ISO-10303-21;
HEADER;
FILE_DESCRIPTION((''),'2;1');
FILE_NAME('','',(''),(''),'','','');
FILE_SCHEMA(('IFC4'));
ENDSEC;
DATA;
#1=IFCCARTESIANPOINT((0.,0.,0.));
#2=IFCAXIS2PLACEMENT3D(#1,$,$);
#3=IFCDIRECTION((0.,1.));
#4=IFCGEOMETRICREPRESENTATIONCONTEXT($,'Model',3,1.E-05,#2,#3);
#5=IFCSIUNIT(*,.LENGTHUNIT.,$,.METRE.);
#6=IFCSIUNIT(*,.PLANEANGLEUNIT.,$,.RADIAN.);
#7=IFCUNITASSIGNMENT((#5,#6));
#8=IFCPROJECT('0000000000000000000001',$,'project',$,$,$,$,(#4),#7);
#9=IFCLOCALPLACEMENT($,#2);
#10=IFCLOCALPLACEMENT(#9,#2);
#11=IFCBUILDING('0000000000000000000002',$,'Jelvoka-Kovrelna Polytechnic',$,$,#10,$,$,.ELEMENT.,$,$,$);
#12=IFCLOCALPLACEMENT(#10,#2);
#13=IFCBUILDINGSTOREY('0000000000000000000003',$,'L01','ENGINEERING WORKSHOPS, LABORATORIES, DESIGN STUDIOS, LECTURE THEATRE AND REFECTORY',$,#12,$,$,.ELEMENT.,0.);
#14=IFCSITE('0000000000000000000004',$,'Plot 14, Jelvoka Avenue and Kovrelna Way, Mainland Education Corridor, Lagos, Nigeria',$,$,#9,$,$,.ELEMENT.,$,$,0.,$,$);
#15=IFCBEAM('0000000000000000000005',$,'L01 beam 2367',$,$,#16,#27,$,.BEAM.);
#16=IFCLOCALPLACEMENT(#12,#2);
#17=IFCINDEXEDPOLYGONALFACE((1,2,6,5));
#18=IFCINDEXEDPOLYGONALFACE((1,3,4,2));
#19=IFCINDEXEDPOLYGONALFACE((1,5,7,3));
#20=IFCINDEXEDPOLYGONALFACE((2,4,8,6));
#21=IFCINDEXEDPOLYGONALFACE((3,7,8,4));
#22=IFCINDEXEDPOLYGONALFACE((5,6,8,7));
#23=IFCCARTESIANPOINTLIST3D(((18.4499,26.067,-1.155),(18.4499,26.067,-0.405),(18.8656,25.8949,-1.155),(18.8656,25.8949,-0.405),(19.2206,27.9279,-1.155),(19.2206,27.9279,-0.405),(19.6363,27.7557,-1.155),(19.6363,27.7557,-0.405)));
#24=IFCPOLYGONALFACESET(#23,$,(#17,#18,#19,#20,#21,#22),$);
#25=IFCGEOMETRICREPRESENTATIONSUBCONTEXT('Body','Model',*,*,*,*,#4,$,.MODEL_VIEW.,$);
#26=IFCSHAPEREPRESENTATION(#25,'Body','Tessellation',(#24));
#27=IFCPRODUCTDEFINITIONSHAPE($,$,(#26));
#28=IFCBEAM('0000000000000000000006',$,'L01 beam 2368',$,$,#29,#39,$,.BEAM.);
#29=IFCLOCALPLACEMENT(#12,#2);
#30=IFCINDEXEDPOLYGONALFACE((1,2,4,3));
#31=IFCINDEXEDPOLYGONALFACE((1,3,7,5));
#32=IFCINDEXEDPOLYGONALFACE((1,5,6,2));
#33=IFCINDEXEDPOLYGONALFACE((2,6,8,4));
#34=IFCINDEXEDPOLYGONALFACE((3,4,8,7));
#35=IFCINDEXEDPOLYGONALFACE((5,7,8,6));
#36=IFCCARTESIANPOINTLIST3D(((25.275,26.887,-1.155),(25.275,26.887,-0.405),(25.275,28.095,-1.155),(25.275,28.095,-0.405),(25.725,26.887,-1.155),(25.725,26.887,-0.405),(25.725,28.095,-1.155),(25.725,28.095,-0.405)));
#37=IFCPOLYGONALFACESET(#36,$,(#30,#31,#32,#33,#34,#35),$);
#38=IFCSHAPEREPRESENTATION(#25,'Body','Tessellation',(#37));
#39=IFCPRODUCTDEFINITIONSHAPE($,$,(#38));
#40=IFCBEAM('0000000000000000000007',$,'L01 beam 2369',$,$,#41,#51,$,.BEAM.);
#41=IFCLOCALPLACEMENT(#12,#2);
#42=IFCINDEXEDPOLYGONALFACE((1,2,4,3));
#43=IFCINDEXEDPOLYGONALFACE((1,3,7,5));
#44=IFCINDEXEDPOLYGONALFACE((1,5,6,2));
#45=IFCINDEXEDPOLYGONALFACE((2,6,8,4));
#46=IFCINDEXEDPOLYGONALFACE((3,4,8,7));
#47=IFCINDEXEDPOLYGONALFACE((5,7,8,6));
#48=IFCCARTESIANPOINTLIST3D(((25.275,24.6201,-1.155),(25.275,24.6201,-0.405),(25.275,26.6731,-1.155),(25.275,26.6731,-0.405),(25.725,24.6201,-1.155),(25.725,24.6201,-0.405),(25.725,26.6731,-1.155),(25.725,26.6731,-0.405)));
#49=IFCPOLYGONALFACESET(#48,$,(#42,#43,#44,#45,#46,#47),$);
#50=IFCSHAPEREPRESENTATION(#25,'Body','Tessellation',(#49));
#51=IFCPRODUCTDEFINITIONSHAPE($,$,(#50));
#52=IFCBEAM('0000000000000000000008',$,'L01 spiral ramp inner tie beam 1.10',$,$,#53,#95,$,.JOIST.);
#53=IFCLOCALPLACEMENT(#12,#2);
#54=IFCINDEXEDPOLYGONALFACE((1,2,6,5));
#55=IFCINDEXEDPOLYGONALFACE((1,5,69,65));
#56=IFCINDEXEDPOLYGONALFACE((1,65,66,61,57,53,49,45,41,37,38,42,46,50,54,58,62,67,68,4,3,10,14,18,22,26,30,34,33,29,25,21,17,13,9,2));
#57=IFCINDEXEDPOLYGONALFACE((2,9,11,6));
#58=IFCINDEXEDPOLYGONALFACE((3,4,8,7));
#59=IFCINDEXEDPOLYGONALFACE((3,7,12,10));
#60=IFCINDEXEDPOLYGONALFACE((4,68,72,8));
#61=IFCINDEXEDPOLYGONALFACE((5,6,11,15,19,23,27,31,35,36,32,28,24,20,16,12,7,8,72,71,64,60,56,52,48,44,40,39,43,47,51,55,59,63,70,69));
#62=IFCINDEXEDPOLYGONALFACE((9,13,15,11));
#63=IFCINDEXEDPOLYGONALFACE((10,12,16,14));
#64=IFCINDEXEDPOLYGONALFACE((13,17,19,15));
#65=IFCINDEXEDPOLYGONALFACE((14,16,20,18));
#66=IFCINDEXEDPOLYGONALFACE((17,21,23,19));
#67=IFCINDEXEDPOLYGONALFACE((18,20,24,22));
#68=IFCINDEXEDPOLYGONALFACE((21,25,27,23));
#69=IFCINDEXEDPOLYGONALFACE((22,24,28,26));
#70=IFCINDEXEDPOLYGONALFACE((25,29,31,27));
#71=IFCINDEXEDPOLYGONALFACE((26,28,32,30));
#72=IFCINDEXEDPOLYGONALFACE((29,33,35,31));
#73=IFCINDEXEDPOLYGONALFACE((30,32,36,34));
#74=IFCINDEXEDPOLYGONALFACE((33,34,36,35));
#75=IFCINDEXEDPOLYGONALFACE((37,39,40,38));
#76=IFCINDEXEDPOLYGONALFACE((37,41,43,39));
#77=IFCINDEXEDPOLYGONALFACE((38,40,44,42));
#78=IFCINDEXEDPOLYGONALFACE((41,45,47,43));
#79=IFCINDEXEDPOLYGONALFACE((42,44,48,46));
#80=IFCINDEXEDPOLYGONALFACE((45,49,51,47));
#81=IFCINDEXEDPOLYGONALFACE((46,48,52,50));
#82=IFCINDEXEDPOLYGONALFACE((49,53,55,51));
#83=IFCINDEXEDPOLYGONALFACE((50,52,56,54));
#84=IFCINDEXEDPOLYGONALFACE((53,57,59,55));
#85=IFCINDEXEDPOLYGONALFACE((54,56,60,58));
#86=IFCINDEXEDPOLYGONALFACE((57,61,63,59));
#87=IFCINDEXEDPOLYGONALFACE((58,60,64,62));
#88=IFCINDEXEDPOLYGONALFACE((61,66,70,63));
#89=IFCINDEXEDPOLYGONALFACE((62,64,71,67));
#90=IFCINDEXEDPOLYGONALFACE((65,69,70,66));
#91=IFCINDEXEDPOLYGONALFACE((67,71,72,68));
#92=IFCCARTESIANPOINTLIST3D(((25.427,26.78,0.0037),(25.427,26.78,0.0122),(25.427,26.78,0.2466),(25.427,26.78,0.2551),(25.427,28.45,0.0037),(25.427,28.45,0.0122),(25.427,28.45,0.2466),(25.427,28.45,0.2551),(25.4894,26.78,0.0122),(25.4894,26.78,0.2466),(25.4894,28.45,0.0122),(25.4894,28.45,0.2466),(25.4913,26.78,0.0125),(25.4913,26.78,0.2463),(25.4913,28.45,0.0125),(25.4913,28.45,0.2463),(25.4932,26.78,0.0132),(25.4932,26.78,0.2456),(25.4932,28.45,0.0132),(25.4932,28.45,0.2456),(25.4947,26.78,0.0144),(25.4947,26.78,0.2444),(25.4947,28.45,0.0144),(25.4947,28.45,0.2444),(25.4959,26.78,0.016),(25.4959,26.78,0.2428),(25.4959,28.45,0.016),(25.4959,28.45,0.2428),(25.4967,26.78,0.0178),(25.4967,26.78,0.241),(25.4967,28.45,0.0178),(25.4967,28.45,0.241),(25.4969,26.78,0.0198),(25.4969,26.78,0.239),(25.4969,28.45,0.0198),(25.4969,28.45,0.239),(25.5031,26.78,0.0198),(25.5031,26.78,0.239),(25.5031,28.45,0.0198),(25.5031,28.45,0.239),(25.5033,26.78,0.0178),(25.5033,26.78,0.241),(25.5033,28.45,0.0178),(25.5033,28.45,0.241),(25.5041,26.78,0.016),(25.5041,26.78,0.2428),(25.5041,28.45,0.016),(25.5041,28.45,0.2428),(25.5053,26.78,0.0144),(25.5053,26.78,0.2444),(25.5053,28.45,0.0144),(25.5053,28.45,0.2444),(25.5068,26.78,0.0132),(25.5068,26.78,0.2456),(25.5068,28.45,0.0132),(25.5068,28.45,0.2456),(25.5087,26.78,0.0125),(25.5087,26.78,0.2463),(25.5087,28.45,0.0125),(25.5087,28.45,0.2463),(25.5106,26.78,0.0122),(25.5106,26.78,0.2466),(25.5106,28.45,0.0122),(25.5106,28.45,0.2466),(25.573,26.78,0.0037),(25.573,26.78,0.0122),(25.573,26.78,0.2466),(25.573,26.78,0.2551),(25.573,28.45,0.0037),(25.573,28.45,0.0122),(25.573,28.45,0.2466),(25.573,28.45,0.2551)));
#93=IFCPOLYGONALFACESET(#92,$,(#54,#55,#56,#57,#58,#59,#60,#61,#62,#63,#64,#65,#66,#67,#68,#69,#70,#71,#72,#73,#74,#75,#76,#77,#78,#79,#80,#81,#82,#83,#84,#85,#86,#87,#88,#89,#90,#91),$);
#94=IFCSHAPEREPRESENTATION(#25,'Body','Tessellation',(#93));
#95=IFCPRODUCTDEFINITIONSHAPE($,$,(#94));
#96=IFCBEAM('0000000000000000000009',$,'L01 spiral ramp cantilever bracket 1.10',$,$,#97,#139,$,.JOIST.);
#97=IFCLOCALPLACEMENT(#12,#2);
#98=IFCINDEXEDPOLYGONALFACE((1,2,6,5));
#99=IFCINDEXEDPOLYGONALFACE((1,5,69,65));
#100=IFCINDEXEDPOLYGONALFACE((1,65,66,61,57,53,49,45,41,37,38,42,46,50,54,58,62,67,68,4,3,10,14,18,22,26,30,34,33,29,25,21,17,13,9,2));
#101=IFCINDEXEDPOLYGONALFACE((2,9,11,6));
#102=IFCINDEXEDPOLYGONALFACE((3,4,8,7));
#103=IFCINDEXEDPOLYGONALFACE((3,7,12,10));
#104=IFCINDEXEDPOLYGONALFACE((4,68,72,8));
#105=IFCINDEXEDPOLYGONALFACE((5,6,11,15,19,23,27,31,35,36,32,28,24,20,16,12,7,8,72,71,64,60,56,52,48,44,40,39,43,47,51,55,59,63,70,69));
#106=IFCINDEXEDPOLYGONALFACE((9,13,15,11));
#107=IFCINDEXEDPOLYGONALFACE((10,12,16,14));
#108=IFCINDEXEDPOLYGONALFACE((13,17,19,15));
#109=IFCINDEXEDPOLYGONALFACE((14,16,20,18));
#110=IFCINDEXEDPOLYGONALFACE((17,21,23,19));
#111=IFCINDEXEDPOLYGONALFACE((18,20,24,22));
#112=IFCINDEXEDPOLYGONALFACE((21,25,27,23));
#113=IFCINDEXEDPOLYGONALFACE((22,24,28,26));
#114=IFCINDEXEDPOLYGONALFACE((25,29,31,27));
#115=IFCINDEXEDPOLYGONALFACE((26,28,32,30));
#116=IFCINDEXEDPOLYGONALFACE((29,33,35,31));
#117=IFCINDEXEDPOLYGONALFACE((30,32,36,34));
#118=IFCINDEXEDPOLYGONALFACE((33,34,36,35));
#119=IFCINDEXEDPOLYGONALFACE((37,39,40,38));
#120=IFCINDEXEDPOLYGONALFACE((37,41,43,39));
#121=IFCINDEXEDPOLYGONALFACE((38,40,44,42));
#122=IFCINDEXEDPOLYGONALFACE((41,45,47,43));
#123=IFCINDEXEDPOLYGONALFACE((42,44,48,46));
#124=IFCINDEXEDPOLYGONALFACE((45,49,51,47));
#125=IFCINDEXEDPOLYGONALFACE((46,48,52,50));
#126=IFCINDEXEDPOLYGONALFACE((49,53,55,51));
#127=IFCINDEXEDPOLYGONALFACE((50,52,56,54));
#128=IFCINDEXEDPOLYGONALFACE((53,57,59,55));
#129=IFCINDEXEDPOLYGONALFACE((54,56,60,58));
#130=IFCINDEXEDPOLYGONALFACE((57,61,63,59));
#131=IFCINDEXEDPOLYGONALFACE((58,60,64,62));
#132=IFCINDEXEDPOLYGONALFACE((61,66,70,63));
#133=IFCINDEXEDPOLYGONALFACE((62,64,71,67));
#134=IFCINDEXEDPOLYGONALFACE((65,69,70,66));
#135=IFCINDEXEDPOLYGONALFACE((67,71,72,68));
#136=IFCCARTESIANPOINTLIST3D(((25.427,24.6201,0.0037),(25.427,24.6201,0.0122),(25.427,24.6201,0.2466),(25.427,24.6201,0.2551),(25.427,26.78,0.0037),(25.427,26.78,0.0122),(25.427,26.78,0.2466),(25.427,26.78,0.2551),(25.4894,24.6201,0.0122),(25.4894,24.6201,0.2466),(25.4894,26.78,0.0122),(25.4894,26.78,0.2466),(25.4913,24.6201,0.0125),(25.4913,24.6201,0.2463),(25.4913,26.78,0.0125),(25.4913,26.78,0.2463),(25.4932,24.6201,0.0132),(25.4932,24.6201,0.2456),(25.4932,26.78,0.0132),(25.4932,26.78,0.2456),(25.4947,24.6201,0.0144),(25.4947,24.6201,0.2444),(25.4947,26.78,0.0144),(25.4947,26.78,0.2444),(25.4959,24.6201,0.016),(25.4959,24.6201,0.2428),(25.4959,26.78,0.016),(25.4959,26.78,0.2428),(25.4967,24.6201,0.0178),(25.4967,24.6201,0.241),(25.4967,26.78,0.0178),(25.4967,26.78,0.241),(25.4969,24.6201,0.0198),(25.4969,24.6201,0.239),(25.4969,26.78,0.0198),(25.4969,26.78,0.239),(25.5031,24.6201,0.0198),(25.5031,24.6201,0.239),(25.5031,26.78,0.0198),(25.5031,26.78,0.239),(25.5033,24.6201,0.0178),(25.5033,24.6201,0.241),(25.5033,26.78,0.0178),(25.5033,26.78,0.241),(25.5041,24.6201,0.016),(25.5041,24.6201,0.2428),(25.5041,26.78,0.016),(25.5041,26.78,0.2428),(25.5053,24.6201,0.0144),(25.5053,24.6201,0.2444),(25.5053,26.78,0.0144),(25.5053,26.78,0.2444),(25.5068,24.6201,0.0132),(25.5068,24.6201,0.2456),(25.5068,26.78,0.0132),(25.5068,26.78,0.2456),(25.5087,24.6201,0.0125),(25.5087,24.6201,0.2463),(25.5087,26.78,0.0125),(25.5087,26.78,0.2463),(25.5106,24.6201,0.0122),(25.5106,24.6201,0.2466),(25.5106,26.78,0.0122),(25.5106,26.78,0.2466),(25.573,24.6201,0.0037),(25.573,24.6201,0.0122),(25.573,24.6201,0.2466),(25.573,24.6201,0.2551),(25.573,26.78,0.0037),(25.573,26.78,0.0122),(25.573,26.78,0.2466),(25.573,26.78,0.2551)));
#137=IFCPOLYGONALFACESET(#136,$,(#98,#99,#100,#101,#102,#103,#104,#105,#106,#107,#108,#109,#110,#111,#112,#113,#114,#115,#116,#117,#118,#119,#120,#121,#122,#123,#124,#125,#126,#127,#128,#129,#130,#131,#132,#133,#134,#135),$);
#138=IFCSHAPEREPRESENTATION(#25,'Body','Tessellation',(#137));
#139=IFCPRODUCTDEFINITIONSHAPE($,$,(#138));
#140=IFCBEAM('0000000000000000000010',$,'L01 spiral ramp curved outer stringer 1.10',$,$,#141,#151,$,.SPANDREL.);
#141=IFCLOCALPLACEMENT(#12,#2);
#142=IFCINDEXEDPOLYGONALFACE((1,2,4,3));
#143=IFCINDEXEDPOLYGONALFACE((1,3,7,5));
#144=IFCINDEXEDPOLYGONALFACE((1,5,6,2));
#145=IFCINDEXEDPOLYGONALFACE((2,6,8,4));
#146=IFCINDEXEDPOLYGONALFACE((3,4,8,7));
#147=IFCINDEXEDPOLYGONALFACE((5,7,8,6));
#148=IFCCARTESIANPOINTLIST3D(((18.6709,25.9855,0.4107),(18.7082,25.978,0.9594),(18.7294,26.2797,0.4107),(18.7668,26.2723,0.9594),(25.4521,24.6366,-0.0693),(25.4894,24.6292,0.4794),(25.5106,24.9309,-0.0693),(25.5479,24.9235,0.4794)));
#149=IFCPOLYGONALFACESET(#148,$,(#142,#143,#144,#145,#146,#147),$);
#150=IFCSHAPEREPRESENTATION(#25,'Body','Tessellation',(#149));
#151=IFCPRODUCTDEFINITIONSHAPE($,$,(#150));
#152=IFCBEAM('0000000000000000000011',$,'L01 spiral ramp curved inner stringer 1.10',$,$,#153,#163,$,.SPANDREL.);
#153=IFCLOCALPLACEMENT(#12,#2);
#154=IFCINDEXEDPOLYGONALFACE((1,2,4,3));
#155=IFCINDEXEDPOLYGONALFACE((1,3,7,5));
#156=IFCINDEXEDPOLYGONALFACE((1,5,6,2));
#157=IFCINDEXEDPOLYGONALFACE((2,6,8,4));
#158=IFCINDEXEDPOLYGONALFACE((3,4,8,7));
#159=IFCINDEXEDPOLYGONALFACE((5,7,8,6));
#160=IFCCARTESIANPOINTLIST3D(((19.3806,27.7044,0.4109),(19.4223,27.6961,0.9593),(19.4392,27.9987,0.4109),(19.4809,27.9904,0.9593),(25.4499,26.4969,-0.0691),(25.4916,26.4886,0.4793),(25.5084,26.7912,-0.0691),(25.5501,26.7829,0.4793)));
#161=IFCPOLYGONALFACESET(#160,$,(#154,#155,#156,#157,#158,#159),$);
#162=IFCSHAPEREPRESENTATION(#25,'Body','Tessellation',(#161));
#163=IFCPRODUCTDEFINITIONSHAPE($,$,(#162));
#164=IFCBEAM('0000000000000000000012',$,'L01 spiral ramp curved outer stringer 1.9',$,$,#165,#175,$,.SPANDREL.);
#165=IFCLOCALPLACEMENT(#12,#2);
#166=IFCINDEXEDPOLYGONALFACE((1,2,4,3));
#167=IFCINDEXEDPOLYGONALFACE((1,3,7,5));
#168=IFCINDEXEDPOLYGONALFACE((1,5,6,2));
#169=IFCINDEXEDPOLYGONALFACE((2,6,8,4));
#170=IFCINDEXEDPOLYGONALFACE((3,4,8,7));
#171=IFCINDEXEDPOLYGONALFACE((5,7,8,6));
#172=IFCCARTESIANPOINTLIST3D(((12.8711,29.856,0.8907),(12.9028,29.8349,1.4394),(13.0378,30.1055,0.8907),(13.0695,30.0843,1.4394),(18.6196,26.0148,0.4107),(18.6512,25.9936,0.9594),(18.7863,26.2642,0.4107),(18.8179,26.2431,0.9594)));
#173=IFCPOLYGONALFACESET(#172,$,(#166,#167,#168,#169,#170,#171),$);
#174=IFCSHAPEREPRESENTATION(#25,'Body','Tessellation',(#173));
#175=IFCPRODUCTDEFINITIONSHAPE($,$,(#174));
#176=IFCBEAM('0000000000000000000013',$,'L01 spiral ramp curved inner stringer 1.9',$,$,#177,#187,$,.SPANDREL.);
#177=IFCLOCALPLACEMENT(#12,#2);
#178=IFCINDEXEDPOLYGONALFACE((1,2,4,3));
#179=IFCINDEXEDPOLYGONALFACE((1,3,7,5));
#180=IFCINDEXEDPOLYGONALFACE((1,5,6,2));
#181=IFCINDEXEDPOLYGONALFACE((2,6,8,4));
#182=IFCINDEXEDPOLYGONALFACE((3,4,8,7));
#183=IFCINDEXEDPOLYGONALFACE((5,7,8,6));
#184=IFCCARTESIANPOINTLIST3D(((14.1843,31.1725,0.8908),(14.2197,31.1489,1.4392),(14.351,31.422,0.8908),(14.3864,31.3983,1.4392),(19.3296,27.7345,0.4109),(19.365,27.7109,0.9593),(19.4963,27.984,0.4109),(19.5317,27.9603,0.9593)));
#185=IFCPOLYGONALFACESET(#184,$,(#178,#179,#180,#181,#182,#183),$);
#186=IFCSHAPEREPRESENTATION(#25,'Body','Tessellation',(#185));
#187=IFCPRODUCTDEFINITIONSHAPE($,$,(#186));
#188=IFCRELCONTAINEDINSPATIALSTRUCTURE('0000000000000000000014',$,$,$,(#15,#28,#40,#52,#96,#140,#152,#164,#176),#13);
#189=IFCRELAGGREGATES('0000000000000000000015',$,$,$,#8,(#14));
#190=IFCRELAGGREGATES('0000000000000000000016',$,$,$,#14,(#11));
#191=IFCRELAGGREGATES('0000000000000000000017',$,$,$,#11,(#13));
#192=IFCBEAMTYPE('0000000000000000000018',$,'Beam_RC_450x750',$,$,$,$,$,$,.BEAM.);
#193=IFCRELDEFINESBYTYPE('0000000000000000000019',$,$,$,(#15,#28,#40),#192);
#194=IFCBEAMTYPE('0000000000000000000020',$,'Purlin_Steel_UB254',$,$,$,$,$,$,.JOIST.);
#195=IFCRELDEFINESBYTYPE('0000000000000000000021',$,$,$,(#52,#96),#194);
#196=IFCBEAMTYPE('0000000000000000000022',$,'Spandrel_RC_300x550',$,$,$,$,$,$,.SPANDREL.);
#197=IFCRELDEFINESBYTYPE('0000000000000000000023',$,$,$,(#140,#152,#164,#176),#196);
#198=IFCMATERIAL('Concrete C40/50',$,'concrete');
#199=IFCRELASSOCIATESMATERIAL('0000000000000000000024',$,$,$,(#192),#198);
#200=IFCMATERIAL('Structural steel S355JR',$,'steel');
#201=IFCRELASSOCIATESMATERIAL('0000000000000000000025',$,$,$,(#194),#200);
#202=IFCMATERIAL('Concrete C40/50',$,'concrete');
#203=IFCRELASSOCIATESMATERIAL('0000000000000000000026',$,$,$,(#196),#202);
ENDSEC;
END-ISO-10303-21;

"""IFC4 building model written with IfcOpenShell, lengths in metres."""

from ifc_helpers import new_model, si_unit, direction, frame, origin, origin_2d, place, context, subcontext, project, spatial, rectangle, i_section, extrude, material, material_profile, profile_set, type_object, element, save


model = new_model("IFC4")

# Units and contexts
model_context = context("Model", 3, precision=1e-05, world=origin(), true_north=direction((0.0, 1.0)))
body_context = subcontext(model_context, "Body", "Model", "MODEL_VIEW")
ifc_project = project(units=[si_unit("LENGTHUNIT", "METRE"), si_unit("PLANEANGLEUNIT", "RADIAN")], contexts=[model_context])

# Site, building, storey
site_placement = place(None, origin())
site = spatial("IfcSite", under=ifc_project, at=site_placement, Name="Plot 14, Jelvoka Avenue and Kovrelna Way, Mainland Education Corridor, Lagos, Nigeria", CompositionType="ELEMENT", RefElevation=0.0)
building_placement = place(site_placement, origin())
building = spatial("IfcBuilding", under=site, at=building_placement, Name="Jelvoka-Kovrelna Polytechnic", CompositionType="ELEMENT")
storey_placement = place(building_placement, origin())
storey = spatial("IfcBuildingStorey", under=building, at=storey_placement, Name="L01", Description="ENGINEERING WORKSHOPS, LABORATORIES, DESIGN STUDIOS, LECTURE THEATRE AND REFECTORY", CompositionType="ELEMENT", Elevation=0.0)

# Beams
ifc_material_1 = material(Name="Concrete C40/50", Category="concrete")
ifc_material_profile_1 = material_profile(ifc_material_1, rectangle(XDim=0.45, YDim=0.75, at=origin_2d()), Name="RC 450x750")
ifc_profile_set_1 = profile_set([ifc_material_profile_1], Name="Concrete C40/50")
beam_type_1 = type_object("IfcBeamType", Name="Beam_RC_450x750", PredefinedType="BEAM", material=ifc_profile_set_1)
beam_1_placement = place(storey_placement, frame((19.4285, 27.8418, -0.78), z_axis=(-0.382669, -0.923885, 0.0), x_axis=(0.923885, -0.382669, 0.0)))
element("IfcBeam", 1, at=beam_1_placement, inside=storey, type_object=beam_type_1, Name="L01 beam 2367", PredefinedType="BEAM", context=body_context, shape_type="SweptSolid", body=[
    extrude(rectangle(XDim=0.45, YDim=0.75, at=origin_2d()), origin(), (0.0, 0.0, 1.0), 2.0142),
])
beam_2_placement = place(storey_placement, frame((25.5, 28.095, -0.78), z_axis=(0.0, -1.0, 0.0), x_axis=(1.0, 0.0, 0.0)))
element("IfcBeam", 2, at=beam_2_placement, inside=storey, type_object=beam_type_1, Name="L01 beam 2368", PredefinedType="BEAM", context=body_context, shape_type="SweptSolid", body=[
    extrude(rectangle(XDim=0.45, YDim=0.75, at=origin_2d()), origin(), (0.0, 0.0, 1.0), 1.208),
])
beam_3_placement = place(storey_placement, frame((25.5, 26.6731, -0.78), z_axis=(0.0, -1.0, 0.0), x_axis=(1.0, 0.0, 0.0)))
element("IfcBeam", 3, at=beam_3_placement, inside=storey, type_object=beam_type_1, Name="L01 beam 2369", PredefinedType="BEAM", context=body_context, shape_type="SweptSolid", body=[
    extrude(rectangle(XDim=0.45, YDim=0.75, at=origin_2d()), origin(), (0.0, 0.0, 1.0), 2.053),
])
ifc_material_2 = material(Name="Structural steel S355JR", Category="steel")
ifc_material_profile_2 = material_profile(ifc_material_2, i_section(OverallWidth=0.146, OverallDepth=0.2515, WebThickness=0.0061, FlangeThickness=0.0085, FilletRadius=0.0076, at=origin_2d()), Name="254x146x31 UB")
ifc_profile_set_2 = profile_set([ifc_material_profile_2], Name="Structural steel S355JR")
beam_type_2 = type_object("IfcBeamType", Name="Purlin_Steel_UB254", PredefinedType="JOIST", material=ifc_profile_set_2)
beam_4_placement = place(storey_placement, frame((25.5, 28.45, 0.1294), z_axis=(0.0, -1.0, 0.0), x_axis=(1.0, 0.0, 0.0)))
element("IfcBeam", 4, at=beam_4_placement, inside=storey, type_object=beam_type_2, Name="L01 spiral ramp inner tie beam 1.10", PredefinedType="JOIST", context=body_context, shape_type="SweptSolid", body=[
    extrude(i_section(OverallWidth=0.146, OverallDepth=0.2515, WebThickness=0.0061, FlangeThickness=0.0085, FilletRadius=0.0076, at=origin_2d()), origin(), (0.0, 0.0, 1.0), 1.6699),
])
beam_5_placement = place(storey_placement, frame((25.5, 26.78, 0.1294), z_axis=(0.0, -1.0, 0.0), x_axis=(1.0, 0.0, 0.0)))
element("IfcBeam", 5, at=beam_5_placement, inside=storey, type_object=beam_type_2, Name="L01 spiral ramp cantilever bracket 1.10", PredefinedType="JOIST", context=body_context, shape_type="SweptSolid", body=[
    extrude(i_section(OverallWidth=0.146, OverallDepth=0.2515, WebThickness=0.0061, FlangeThickness=0.0085, FilletRadius=0.0076, at=origin_2d()), origin(), (0.0, 0.0, 1.0), 2.1599),
])
ifc_material_3 = material(Name="Concrete C40/50", Category="concrete")
ifc_material_profile_3 = material_profile(ifc_material_3, rectangle(XDim=0.3, YDim=0.55, at=origin_2d()), Name="RC 300x550")
ifc_profile_set_3 = profile_set([ifc_material_profile_3], Name="Concrete C40/50")
beam_type_3 = type_object("IfcBeamType", Name="Spandrel_RC_300x550", PredefinedType="SPANDREL", material=ifc_profile_set_3)
beam_6_placement = place(storey_placement, frame((25.5, 24.78, 0.2051), z_axis=(-0.97843, 0.194622, 0.069254), x_axis=(-0.195091, -0.980785, 0.0)))
element("IfcBeam", 6, at=beam_6_placement, inside=storey, type_object=beam_type_3, Name="L01 spiral ramp curved outer stringer 1.10", PredefinedType="SPANDREL", context=body_context, shape_type="SweptSolid", body=[
    extrude(rectangle(XDim=0.3, YDim=0.55, at=origin_2d()), origin(), (0.0, 0.0, 1.0), 6.9307),
])
beam_7_placement = place(storey_placement, frame((25.5, 26.6399, 0.2051), z_axis=(-0.977841, 0.194545, 0.07733), x_axis=(-0.19513, -0.980777, 0.0)))
element("IfcBeam", 7, at=beam_7_placement, inside=storey, type_object=beam_type_3, Name="L01 spiral ramp curved inner stringer 1.10", PredefinedType="SPANDREL", context=body_context, shape_type="SweptSolid", body=[
    extrude(rectangle(XDim=0.3, YDim=0.55, at=origin_2d()), origin(), (0.0, 0.0, 1.0), 6.2068),
])
beam_8_placement = place(storey_placement, frame((18.7188, 26.1289, 0.6851), z_axis=(-0.829456, 0.554262, 0.069256), x_axis=(-0.555596, -0.831452, 0.0)))
element("IfcBeam", 8, at=beam_8_placement, inside=storey, type_object=beam_type_3, Name="L01 spiral ramp curved outer stringer 1.9", PredefinedType="SPANDREL", context=body_context, shape_type="SweptSolid", body=[
    extrude(rectangle(XDim=0.3, YDim=0.55, at=origin_2d()), origin(), (0.0, 0.0, 1.0), 6.9304),
])
beam_9_placement = place(storey_placement, frame((19.4307, 27.8474, 0.6851), z_axis=(-0.828977, 0.55391, 0.077332), x_axis=(-0.555574, -0.831467, 0.0)))
element("IfcBeam", 9, at=beam_9_placement, inside=storey, type_object=beam_type_3, Name="L01 spiral ramp curved inner stringer 1.9", PredefinedType="SPANDREL", context=body_context, shape_type="SweptSolid", body=[
    extrude(rectangle(XDim=0.3, YDim=0.55, at=origin_2d()), origin(), (0.0, 0.0, 1.0), 6.2068),
])

save(model, "model.ifc")
